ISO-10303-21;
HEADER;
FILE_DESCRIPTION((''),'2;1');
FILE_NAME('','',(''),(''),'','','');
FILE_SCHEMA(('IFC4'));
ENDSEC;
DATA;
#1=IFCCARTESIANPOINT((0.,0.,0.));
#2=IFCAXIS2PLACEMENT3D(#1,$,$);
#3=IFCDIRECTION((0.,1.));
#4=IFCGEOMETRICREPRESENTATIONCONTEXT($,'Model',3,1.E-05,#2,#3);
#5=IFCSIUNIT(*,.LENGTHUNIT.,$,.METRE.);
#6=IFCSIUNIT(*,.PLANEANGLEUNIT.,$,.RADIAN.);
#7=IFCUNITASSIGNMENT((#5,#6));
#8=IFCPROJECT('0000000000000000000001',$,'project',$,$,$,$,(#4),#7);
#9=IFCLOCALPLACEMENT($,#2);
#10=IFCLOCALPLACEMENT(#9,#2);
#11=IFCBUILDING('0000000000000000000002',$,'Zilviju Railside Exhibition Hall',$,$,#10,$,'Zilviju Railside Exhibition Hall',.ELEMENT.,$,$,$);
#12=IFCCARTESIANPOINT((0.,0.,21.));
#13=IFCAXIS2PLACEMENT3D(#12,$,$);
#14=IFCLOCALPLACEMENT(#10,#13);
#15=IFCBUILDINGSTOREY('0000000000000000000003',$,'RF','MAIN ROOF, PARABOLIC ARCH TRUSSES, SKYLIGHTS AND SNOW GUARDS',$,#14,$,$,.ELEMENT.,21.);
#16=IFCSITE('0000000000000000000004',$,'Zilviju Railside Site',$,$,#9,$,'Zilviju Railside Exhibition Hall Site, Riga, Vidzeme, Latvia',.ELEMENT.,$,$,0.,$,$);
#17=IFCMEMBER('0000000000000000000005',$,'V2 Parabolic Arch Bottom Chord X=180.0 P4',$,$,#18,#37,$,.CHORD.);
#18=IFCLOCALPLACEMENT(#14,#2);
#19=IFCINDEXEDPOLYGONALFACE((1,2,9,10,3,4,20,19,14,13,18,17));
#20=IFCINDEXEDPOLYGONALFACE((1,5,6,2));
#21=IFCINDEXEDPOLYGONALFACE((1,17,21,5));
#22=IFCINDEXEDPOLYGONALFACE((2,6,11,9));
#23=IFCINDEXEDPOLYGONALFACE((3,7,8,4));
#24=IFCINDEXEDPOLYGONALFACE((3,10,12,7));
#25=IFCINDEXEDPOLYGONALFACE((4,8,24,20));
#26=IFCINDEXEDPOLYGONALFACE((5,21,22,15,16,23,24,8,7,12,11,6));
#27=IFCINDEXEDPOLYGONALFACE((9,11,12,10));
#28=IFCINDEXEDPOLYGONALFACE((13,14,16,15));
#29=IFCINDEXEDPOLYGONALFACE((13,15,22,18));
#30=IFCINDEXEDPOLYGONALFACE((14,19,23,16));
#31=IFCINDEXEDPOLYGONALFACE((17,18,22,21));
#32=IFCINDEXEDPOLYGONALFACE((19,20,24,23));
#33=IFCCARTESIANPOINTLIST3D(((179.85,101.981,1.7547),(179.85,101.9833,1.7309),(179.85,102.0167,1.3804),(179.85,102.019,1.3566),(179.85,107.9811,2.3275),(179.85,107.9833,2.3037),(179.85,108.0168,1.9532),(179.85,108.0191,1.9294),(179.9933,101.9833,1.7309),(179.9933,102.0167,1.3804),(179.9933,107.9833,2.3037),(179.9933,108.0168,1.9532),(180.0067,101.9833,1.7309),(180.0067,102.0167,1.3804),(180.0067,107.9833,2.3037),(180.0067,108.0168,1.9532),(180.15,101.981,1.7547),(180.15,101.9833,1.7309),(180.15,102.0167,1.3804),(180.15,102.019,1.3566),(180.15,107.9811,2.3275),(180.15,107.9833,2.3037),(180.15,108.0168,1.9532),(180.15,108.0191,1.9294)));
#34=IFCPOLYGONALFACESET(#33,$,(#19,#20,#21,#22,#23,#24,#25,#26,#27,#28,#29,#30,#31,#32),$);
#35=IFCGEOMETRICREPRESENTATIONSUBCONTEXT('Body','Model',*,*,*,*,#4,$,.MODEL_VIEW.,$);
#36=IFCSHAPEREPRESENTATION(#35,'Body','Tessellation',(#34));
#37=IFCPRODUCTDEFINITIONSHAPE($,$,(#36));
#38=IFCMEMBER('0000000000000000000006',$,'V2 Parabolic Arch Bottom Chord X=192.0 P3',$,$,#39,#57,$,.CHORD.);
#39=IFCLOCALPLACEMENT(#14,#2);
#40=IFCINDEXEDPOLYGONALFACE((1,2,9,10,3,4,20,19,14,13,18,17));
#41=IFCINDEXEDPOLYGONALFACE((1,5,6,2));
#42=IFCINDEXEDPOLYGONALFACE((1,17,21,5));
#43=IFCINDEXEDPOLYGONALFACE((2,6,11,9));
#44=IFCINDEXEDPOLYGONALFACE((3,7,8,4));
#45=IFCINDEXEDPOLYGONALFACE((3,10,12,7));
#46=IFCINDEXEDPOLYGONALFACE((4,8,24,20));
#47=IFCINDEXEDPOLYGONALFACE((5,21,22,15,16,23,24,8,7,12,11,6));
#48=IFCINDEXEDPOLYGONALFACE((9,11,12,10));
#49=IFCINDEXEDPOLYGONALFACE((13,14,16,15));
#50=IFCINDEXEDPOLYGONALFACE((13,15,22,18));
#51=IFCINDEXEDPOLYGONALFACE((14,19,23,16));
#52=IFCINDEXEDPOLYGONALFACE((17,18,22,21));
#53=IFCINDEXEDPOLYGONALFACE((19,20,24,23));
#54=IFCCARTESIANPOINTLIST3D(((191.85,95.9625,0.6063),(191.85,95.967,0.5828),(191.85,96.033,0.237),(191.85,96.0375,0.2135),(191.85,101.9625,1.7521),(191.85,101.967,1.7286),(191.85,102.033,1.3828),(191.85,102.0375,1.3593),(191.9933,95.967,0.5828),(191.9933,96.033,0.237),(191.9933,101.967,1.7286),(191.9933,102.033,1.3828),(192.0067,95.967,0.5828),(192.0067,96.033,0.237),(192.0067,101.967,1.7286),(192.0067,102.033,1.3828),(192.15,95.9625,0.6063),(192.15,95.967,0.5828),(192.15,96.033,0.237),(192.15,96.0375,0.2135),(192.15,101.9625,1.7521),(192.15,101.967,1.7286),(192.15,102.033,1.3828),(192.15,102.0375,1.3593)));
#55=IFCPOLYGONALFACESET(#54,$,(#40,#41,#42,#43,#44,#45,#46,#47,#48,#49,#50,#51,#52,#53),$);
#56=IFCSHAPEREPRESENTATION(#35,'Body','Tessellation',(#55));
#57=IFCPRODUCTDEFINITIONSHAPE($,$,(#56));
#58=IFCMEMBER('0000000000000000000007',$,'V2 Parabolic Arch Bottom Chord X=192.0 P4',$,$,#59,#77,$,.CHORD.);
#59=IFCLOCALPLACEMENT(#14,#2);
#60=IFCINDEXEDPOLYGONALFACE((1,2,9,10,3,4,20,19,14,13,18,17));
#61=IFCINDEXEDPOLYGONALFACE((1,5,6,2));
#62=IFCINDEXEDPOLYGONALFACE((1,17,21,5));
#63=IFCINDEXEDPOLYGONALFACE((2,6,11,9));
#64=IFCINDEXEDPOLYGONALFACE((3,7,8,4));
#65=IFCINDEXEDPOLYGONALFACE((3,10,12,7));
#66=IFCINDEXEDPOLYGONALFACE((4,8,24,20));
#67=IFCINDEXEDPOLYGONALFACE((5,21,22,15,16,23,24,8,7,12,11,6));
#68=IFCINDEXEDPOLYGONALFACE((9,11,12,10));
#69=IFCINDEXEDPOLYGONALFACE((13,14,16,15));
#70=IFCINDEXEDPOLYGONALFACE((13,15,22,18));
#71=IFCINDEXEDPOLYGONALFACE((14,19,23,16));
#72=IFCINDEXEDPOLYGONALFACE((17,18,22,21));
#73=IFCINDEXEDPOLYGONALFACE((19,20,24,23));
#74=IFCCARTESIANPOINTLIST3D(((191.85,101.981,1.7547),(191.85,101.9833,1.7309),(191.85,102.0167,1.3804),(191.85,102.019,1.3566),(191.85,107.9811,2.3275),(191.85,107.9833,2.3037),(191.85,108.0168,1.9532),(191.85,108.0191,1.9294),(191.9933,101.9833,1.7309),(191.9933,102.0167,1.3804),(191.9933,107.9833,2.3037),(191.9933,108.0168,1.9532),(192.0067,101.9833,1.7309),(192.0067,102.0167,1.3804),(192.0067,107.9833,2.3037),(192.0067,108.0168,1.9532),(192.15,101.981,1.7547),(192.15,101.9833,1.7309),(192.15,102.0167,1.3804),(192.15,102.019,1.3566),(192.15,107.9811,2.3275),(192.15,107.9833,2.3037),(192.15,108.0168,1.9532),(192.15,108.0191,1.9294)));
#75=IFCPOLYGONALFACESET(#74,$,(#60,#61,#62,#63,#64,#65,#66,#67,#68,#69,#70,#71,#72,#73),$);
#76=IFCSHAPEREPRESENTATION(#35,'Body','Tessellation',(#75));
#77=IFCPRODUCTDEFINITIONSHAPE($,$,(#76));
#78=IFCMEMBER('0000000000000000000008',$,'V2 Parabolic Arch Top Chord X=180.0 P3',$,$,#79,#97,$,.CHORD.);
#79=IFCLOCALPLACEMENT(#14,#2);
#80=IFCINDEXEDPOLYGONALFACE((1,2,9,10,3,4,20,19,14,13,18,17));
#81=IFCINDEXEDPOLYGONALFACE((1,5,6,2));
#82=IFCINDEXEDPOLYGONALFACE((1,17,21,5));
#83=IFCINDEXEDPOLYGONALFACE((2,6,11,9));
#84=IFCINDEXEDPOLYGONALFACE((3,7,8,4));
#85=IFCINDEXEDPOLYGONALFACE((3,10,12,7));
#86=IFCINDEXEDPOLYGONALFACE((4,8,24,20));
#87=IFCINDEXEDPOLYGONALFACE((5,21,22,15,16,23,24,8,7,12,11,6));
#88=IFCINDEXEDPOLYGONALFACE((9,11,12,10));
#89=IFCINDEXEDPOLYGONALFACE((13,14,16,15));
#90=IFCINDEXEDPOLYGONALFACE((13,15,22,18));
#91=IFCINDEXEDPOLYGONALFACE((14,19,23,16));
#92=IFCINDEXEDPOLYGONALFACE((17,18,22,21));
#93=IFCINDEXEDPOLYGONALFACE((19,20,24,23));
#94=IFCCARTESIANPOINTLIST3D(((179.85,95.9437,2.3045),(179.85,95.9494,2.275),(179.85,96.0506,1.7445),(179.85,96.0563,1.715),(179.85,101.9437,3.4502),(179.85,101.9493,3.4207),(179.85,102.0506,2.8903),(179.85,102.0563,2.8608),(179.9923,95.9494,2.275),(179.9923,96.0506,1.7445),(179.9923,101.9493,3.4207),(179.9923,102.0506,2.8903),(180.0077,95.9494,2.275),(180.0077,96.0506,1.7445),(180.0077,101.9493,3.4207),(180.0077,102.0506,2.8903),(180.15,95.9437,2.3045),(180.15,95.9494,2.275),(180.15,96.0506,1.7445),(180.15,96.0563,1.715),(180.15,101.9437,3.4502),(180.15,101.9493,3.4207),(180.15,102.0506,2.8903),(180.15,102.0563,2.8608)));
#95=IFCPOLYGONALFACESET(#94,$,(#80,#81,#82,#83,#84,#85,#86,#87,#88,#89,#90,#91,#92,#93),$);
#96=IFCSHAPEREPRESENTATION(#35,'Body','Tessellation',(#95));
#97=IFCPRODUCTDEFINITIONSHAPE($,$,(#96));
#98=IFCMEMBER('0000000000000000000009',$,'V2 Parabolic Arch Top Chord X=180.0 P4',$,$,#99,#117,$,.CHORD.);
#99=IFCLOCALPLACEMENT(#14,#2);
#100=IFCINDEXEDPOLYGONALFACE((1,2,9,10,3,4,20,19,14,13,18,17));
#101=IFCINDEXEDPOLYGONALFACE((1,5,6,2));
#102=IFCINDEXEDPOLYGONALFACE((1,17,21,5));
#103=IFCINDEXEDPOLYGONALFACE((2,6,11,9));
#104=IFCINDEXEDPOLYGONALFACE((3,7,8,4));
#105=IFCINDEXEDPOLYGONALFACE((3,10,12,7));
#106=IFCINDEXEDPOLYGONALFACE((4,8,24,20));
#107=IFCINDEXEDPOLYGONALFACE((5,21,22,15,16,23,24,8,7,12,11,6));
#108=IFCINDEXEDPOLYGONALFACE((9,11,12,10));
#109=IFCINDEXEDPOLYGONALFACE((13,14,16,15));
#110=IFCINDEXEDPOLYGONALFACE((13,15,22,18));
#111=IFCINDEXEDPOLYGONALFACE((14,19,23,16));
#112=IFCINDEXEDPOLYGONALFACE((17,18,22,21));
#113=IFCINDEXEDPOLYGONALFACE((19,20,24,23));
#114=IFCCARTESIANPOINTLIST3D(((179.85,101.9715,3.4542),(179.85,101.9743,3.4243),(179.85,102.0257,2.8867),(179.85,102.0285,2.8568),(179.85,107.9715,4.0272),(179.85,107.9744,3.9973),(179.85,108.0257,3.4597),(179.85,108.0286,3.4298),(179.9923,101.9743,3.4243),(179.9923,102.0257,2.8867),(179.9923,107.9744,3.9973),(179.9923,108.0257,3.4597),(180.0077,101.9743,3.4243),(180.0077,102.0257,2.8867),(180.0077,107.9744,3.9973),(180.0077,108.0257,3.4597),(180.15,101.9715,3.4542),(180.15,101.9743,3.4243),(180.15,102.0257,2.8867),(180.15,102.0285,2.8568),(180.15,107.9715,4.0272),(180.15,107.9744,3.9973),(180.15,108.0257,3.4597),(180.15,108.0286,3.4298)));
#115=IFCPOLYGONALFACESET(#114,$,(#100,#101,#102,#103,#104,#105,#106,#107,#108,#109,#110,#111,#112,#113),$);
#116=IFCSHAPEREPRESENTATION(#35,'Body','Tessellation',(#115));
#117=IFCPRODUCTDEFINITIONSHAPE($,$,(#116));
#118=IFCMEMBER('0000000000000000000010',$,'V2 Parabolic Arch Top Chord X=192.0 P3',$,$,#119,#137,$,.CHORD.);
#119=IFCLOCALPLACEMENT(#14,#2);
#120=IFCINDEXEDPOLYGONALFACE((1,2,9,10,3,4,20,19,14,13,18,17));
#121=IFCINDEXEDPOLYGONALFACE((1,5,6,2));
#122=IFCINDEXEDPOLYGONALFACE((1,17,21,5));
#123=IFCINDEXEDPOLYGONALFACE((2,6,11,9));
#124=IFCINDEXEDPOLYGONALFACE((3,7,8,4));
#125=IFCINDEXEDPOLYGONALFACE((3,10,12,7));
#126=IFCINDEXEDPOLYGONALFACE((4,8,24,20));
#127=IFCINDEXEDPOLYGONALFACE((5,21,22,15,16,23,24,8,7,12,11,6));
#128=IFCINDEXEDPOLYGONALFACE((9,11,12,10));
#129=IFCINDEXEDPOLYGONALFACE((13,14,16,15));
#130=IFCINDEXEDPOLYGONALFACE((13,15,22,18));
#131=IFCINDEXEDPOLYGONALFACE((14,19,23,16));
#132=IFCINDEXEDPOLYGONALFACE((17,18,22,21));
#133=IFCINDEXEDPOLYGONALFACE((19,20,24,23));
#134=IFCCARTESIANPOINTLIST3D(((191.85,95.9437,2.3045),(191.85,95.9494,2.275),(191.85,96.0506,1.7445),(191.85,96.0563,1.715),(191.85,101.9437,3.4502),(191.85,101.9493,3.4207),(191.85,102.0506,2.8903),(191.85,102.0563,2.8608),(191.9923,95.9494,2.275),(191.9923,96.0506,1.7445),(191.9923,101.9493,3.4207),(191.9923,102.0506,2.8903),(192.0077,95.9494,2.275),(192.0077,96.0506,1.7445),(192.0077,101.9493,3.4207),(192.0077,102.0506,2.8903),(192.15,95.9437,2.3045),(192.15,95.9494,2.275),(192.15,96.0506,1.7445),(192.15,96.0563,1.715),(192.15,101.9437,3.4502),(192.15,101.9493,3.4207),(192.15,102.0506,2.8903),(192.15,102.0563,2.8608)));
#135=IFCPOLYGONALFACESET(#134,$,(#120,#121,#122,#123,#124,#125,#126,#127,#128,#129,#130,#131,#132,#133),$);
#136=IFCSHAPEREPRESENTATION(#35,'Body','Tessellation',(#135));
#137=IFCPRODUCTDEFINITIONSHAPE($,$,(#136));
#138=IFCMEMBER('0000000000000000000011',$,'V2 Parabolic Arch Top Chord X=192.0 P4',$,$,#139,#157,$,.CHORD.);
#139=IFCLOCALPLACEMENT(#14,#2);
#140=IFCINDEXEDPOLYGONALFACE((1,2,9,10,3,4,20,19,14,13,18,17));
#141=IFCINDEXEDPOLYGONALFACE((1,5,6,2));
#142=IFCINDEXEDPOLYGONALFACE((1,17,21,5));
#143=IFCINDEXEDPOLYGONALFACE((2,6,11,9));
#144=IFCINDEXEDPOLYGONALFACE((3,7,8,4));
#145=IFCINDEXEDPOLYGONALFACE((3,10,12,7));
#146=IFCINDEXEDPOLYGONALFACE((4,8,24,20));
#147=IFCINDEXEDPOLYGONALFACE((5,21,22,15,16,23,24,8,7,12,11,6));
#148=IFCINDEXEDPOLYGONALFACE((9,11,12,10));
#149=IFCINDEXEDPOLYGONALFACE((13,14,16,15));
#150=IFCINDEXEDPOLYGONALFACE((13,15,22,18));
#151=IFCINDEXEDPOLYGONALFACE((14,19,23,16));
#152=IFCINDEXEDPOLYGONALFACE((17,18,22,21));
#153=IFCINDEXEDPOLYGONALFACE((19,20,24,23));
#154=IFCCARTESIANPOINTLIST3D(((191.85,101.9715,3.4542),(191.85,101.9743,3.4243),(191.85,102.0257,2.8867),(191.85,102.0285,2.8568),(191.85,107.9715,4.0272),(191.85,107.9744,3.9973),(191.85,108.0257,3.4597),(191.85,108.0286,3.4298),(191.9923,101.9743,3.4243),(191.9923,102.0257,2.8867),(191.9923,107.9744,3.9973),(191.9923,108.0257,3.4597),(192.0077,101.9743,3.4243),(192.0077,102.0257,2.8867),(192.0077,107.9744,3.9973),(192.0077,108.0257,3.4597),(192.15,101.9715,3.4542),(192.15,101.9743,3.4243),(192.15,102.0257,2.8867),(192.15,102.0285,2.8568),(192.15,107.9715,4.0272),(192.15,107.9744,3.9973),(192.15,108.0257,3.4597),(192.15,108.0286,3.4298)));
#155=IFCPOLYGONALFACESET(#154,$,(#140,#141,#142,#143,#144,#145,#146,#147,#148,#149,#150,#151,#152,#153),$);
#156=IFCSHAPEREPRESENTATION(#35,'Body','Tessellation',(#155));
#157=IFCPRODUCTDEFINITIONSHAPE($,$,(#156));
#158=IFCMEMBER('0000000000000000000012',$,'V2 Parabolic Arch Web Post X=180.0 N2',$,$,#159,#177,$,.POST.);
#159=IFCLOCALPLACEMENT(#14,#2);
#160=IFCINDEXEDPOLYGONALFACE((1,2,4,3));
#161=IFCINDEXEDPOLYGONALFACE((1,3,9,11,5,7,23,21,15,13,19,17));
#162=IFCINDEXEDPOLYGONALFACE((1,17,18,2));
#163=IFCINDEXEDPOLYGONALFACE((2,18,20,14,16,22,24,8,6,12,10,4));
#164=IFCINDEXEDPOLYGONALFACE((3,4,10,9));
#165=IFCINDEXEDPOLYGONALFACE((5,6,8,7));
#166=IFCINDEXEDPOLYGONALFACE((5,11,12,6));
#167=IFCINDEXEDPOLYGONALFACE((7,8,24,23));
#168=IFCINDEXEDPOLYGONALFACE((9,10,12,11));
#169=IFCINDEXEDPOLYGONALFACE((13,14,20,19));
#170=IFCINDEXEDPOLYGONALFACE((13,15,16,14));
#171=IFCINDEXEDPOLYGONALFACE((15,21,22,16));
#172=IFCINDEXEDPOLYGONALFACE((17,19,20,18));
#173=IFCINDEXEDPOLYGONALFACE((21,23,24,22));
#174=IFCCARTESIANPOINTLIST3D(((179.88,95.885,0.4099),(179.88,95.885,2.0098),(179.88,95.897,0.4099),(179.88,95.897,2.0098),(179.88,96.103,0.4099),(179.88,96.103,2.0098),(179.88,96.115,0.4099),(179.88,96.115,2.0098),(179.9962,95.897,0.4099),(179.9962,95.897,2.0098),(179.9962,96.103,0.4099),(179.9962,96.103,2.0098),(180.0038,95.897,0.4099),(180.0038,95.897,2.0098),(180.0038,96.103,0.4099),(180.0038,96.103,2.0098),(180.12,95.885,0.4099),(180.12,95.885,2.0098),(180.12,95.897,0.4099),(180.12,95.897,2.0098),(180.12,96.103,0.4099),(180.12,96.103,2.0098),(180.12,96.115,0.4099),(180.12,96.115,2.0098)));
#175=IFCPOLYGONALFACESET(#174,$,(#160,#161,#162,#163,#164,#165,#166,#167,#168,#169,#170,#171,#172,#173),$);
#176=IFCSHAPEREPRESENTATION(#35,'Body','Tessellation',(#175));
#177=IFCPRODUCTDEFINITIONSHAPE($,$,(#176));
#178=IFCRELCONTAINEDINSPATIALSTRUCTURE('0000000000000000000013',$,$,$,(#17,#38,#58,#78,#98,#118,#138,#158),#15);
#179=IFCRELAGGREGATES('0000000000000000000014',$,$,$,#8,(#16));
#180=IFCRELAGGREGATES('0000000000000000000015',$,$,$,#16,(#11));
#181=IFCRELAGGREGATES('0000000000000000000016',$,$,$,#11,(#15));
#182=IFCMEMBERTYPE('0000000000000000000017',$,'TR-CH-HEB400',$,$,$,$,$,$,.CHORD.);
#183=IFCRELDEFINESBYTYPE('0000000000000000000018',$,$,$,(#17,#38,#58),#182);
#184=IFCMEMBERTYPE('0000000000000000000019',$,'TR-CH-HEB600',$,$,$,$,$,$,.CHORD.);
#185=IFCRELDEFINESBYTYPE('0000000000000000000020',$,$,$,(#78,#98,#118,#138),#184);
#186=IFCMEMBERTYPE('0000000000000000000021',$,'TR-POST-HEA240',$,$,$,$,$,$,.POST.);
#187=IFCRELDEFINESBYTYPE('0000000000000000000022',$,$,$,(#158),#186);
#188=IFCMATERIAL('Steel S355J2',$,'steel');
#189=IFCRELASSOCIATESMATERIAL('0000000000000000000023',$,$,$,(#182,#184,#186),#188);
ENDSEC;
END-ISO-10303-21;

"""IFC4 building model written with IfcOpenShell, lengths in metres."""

from ifc_helpers import new_model, si_unit, direction, frame, origin, origin_2d, place, context, subcontext, project, spatial, i_section, extrude, material, material_profile, profile_set, type_object, element, save


model = new_model("IFC4")

# Units and contexts
model_context = context("Model", 3, precision=1e-05, world=origin(), true_north=direction((0.0, 1.0)))
body_context = subcontext(model_context, "Body", "Model", "MODEL_VIEW")
ifc_project = project(units=[si_unit("LENGTHUNIT", "METRE"), si_unit("PLANEANGLEUNIT", "RADIAN")], contexts=[model_context])

# Site, building, storey
site_placement = place(None, origin())
site = spatial("IfcSite", under=ifc_project, at=site_placement, Name="Zilviju Railside Site", LongName="Zilviju Railside Exhibition Hall Site, Riga, Vidzeme, Latvia", CompositionType="ELEMENT", RefElevation=0.0)
building_placement = place(site_placement, origin())
building = spatial("IfcBuilding", under=site, at=building_placement, Name="Zilviju Railside Exhibition Hall", LongName="Zilviju Railside Exhibition Hall", CompositionType="ELEMENT")
storey_placement = place(building_placement, frame((0.0, 0.0, 21.0)))
storey = spatial("IfcBuildingStorey", under=building, at=storey_placement, Name="RF", Description="MAIN ROOF, PARABOLIC ARCH TRUSSES, SKYLIGHTS AND SNOW GUARDS", CompositionType="ELEMENT", Elevation=21.0)

# Members
ifc_material_1 = material(Name="Steel S355J2", Category="steel")
ifc_material_profile_1 = material_profile(ifc_material_1, i_section(OverallWidth=0.3, OverallDepth=0.3999, WebThickness=0.0134, FlangeThickness=0.0239, at=origin_2d()), Name="HEB 400")
ifc_profile_set_1 = profile_set([ifc_material_profile_1], Name="Steel S355J2")
member_type_1 = type_object("IfcMemberType", Name="TR-CH-HEB400", PredefinedType="CHORD", material=ifc_profile_set_1)
member_1_placement = place(storey_placement, frame((180.0, 102.0, 1.5557), z_axis=(0.0, 0.995475, 0.095027), x_axis=(-1.0, 0.0, 0.0)))
element("IfcMember", 1, at=member_1_placement, inside=storey, type_object=member_type_1, Name="V2 Parabolic Arch Bottom Chord X=180.0 P4", PredefinedType="CHORD", context=body_context, shape_type="SweptSolid", body=[
    extrude(i_section(OverallWidth=0.3, OverallDepth=0.3999, WebThickness=0.0134, FlangeThickness=0.0239, at=origin_2d()), origin(), (0.0, 0.0, 1.0), 6.0273),
])
member_2_placement = place(storey_placement, frame((192.0, 96.0, 0.4099), z_axis=(0.0, 0.982251, 0.187569), x_axis=(-1.0, 0.0, 0.0)))
element("IfcMember", 2, at=member_2_placement, inside=storey, type_object=member_type_1, Name="V2 Parabolic Arch Bottom Chord X=192.0 P3", PredefinedType="CHORD", context=body_context, shape_type="SweptSolid", body=[
    extrude(i_section(OverallWidth=0.3, OverallDepth=0.3999, WebThickness=0.0134, FlangeThickness=0.0239, at=origin_2d()), origin(), (0.0, 0.0, 1.0), 6.1084),
])
member_3_placement = place(storey_placement, frame((192.0, 102.0, 1.5557), z_axis=(0.0, 0.995475, 0.095027), x_axis=(-1.0, 0.0, 0.0)))
element("IfcMember", 3, at=member_3_placement, inside=storey, type_object=member_type_1, Name="V2 Parabolic Arch Bottom Chord X=192.0 P4", PredefinedType="CHORD", context=body_context, shape_type="SweptSolid", body=[
    extrude(i_section(OverallWidth=0.3, OverallDepth=0.3999, WebThickness=0.0134, FlangeThickness=0.0239, at=origin_2d()), origin(), (0.0, 0.0, 1.0), 6.0273),
])
ifc_material_profile_2 = material_profile(ifc_material_1, i_section(OverallWidth=0.3, OverallDepth=0.6001, WebThickness=0.0154, FlangeThickness=0.03, at=origin_2d()), Name="HEB 600")
ifc_profile_set_2 = profile_set([ifc_material_profile_2], Name="Steel S355J2")
member_type_2 = type_object("IfcMemberType", Name="TR-CH-HEB600", PredefinedType="CHORD", material=ifc_profile_set_2)
member_4_placement = place(storey_placement, frame((180.0, 96.0, 2.0098), z_axis=(0.0, 0.982251, 0.187569), x_axis=(-1.0, 0.0, 0.0)))
element("IfcMember", 4, at=member_4_placement, inside=storey, type_object=member_type_2, Name="V2 Parabolic Arch Top Chord X=180.0 P3", PredefinedType="CHORD", context=body_context, shape_type="SweptSolid", body=[
    extrude(i_section(OverallWidth=0.3, OverallDepth=0.6001, WebThickness=0.0154, FlangeThickness=0.03, at=origin_2d()), origin(), (0.0, 0.0, 1.0), 6.1084),
])
member_5_placement = place(storey_placement, frame((180.0, 102.0, 3.1555), z_axis=(0.0, 0.995471, 0.095067), x_axis=(-1.0, 0.0, 0.0)))
element("IfcMember", 5, at=member_5_placement, inside=storey, type_object=member_type_2, Name="V2 Parabolic Arch Top Chord X=180.0 P4", PredefinedType="CHORD", context=body_context, shape_type="SweptSolid", body=[
    extrude(i_section(OverallWidth=0.3, OverallDepth=0.6001, WebThickness=0.0154, FlangeThickness=0.03, at=origin_2d()), origin(), (0.0, 0.0, 1.0), 6.0273),
])
member_6_placement = place(storey_placement, frame((192.0, 96.0, 2.0098), z_axis=(0.0, 0.982251, 0.187569), x_axis=(-1.0, 0.0, 0.0)))
element("IfcMember", 6, at=member_6_placement, inside=storey, type_object=member_type_2, Name="V2 Parabolic Arch Top Chord X=192.0 P3", PredefinedType="CHORD", context=body_context, shape_type="SweptSolid", body=[
    extrude(i_section(OverallWidth=0.3, OverallDepth=0.6001, WebThickness=0.0154, FlangeThickness=0.03, at=origin_2d()), origin(), (0.0, 0.0, 1.0), 6.1084),
])
member_7_placement = place(storey_placement, frame((192.0, 102.0, 3.1555), z_axis=(0.0, 0.995471, 0.095067), x_axis=(-1.0, 0.0, 0.0)))
element("IfcMember", 7, at=member_7_placement, inside=storey, type_object=member_type_2, Name="V2 Parabolic Arch Top Chord X=192.0 P4", PredefinedType="CHORD", context=body_context, shape_type="SweptSolid", body=[
    extrude(i_section(OverallWidth=0.3, OverallDepth=0.6001, WebThickness=0.0154, FlangeThickness=0.03, at=origin_2d()), origin(), (0.0, 0.0, 1.0), 6.0273),
])
ifc_material_profile_3 = material_profile(ifc_material_1, i_section(OverallWidth=0.24, OverallDepth=0.23, WebThickness=0.0076, FlangeThickness=0.012, at=origin_2d()), Name="HEA 240")
ifc_profile_set_3 = profile_set([ifc_material_profile_3], Name="Steel S355J2")
member_type_3 = type_object("IfcMemberType", Name="TR-POST-HEA240", PredefinedType="POST", material=ifc_profile_set_3)
for number, where, z_axis, x_axis, name in (
    (8, (180.0, 96.0, 0.4099), (0.0, 0.0, 1.0), (1.0, 0.0, 0.0), "V2 Parabolic Arch Web Post X=180.0 N2"),
):
    element("IfcMember", number, at=place(storey_placement, frame(where, z_axis=z_axis, x_axis=x_axis)), inside=storey, type_object=member_type_3, Name=name, PredefinedType="POST", context=body_context, shape_type="SweptSolid", body=[
        extrude(i_section(OverallWidth=0.24, OverallDepth=0.23, WebThickness=0.0076, FlangeThickness=0.012, at=origin_2d()), origin(), (0.0, 0.0, 1.0), 1.5999),
    ])

save(model, "model.ifc")
